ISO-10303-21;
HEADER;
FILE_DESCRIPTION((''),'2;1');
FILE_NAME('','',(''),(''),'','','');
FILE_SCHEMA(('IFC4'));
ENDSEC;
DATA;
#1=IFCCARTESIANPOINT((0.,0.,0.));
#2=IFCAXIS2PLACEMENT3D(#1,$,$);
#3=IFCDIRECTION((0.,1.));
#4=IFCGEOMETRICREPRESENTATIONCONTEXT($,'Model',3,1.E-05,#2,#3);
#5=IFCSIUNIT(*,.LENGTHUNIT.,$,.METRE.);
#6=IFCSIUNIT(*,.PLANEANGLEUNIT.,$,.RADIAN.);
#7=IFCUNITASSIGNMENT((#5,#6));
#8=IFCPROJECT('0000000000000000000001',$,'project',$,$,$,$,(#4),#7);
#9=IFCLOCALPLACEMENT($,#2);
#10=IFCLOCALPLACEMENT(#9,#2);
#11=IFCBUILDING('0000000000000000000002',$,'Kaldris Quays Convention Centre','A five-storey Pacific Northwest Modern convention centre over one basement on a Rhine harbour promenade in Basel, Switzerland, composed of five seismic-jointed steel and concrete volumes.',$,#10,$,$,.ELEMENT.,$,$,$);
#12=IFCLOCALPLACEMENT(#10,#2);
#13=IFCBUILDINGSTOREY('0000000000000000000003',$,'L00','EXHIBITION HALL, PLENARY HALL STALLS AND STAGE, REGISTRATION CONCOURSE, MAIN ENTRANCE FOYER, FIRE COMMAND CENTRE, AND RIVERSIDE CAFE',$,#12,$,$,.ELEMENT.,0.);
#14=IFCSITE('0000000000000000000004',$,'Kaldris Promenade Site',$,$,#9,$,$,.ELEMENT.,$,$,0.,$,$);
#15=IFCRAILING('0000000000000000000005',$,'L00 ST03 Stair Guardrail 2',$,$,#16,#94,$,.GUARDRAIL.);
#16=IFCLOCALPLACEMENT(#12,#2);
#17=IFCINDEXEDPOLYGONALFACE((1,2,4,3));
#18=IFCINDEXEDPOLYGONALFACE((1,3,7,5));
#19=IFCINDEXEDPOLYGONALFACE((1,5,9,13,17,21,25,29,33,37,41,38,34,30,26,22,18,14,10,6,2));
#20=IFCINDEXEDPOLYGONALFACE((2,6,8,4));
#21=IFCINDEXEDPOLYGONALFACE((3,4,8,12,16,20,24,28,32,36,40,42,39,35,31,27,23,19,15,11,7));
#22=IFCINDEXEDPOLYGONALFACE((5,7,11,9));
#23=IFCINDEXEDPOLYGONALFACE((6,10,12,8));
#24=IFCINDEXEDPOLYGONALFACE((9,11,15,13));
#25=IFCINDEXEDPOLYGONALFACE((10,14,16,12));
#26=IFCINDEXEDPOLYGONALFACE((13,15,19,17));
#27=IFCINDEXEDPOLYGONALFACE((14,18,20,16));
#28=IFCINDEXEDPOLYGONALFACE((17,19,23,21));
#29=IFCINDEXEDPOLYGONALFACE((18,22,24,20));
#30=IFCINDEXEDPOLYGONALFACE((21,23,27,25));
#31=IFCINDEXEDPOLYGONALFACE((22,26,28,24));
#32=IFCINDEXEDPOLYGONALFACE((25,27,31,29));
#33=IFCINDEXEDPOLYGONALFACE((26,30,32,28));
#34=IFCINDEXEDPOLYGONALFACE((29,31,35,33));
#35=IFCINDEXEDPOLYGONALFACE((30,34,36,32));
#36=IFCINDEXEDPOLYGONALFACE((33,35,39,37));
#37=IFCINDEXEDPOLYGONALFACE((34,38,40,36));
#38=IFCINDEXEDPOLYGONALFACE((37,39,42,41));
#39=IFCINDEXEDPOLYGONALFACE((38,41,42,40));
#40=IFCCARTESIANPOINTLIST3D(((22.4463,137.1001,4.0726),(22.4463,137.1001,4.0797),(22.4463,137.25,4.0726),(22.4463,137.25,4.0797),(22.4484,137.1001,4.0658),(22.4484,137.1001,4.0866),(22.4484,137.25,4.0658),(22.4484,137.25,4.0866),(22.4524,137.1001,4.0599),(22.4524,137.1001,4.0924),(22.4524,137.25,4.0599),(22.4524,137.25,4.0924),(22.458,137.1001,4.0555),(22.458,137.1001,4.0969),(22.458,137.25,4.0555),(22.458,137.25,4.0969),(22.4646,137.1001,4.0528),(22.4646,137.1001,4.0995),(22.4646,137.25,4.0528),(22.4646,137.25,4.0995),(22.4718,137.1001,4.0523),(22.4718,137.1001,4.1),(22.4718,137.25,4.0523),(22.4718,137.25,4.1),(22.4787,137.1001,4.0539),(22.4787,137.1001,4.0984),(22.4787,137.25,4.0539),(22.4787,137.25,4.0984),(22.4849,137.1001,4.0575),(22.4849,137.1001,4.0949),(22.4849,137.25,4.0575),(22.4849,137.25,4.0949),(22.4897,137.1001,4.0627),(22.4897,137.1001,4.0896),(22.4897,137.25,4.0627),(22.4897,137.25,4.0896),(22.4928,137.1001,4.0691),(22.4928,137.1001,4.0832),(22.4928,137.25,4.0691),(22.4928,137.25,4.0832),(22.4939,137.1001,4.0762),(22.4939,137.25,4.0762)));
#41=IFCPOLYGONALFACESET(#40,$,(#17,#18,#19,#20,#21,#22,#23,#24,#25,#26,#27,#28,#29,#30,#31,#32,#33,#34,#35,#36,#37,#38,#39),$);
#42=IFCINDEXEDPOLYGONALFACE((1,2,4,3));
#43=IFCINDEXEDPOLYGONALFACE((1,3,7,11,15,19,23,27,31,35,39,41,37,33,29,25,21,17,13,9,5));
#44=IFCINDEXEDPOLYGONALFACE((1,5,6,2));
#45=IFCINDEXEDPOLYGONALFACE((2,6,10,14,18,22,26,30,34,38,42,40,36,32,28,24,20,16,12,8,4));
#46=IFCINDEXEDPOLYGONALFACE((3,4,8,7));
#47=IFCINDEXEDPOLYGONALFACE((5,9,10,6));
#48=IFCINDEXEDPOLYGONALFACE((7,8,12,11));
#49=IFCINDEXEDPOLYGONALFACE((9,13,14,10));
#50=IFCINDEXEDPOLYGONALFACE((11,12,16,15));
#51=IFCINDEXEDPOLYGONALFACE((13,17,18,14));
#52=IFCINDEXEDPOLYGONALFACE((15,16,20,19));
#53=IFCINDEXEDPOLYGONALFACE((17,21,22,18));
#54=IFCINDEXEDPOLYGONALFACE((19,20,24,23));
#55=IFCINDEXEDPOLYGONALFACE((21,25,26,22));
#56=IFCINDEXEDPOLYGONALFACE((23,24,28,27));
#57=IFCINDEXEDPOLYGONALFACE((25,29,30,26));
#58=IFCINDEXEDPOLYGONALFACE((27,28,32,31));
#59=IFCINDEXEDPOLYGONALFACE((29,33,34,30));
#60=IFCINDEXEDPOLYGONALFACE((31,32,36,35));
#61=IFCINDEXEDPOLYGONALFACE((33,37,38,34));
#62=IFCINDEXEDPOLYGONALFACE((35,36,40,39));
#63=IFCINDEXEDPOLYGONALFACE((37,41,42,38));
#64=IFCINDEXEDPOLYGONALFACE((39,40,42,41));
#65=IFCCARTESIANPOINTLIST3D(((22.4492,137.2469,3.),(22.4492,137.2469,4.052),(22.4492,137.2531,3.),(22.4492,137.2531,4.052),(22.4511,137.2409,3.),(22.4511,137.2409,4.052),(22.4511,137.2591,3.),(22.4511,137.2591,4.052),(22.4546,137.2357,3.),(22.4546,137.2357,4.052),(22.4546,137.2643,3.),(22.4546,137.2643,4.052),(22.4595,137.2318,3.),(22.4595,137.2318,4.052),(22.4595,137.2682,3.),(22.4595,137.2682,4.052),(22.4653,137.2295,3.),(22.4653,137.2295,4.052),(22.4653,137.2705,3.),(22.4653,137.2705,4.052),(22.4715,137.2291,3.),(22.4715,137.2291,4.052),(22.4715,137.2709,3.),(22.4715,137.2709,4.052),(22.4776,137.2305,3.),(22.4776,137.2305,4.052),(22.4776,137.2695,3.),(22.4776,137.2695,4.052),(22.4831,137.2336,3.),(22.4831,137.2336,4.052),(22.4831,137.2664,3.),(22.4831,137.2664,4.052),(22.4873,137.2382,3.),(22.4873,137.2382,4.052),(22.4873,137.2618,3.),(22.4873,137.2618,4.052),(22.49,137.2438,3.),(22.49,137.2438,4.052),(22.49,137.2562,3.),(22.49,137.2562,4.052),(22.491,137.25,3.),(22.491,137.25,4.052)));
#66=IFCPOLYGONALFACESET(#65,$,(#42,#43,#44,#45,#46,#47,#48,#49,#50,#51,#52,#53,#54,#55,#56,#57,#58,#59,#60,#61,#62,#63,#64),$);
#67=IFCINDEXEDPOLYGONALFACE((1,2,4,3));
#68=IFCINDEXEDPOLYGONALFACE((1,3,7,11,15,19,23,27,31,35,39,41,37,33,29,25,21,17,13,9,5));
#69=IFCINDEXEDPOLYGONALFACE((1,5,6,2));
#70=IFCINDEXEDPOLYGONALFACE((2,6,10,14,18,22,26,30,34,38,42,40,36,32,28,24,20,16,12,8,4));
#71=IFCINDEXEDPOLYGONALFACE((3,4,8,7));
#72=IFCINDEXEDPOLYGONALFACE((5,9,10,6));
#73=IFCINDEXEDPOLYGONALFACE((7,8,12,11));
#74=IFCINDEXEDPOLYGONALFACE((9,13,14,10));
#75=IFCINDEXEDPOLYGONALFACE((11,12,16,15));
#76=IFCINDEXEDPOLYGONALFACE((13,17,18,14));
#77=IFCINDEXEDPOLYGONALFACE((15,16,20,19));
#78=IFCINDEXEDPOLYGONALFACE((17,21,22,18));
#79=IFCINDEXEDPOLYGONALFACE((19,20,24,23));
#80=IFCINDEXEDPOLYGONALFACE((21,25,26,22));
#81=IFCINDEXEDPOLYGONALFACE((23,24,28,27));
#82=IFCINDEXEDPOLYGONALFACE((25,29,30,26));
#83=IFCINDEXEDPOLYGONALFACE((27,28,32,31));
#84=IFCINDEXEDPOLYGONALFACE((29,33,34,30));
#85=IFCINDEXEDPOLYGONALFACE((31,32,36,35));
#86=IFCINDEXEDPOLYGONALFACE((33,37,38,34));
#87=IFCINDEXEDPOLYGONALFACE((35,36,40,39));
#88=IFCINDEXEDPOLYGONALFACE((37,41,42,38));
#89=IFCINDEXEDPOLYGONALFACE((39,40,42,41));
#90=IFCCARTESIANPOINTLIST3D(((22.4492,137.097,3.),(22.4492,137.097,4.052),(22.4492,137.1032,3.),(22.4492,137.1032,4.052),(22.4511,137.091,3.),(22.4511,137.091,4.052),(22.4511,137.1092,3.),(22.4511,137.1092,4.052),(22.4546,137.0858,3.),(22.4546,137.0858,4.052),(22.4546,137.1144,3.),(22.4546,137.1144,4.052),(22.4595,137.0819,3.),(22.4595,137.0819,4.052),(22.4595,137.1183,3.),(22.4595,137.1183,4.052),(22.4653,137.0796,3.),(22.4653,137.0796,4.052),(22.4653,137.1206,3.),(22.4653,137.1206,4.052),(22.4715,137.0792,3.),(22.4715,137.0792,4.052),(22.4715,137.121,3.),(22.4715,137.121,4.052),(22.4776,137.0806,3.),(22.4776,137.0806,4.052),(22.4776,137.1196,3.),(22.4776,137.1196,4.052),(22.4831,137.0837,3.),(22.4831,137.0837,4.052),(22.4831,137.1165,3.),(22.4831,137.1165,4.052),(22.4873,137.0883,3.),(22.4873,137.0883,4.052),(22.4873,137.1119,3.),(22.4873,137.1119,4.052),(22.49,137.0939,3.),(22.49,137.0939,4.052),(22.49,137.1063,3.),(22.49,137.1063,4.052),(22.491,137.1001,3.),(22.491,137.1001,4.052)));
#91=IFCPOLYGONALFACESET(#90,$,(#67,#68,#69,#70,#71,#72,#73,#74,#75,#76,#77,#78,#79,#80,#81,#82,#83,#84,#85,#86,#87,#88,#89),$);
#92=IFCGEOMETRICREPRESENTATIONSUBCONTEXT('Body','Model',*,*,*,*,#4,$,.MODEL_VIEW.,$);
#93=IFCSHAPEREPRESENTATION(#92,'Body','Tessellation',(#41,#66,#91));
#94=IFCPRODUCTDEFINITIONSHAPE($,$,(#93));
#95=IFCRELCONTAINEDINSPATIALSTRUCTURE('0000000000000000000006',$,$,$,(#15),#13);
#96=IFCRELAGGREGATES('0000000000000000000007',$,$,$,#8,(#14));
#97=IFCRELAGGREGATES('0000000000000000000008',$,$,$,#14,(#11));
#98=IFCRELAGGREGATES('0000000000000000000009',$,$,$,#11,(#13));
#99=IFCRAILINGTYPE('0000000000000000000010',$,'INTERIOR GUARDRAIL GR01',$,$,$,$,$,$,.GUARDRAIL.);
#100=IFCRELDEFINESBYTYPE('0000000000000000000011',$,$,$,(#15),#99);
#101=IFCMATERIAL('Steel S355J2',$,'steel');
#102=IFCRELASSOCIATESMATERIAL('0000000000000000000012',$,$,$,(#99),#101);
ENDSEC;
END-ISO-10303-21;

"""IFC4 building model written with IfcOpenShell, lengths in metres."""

from ifc_helpers import new_model, si_unit, direction, frame, origin, origin_2d, place, context, subcontext, project, spatial, circle, extrude, material, type_object, element, save


model = new_model("IFC4")

# Units and contexts
model_context = context("Model", 3, precision=1e-05, world=origin(), true_north=direction((0.0, 1.0)))
body_context = subcontext(model_context, "Body", "Model", "MODEL_VIEW")
ifc_project = project(units=[si_unit("LENGTHUNIT", "METRE"), si_unit("PLANEANGLEUNIT", "RADIAN")], contexts=[model_context])

# Site, building, storey
site_placement = place(None, origin())
site = spatial("IfcSite", under=ifc_project, at=site_placement, Name="Kaldris Promenade Site", CompositionType="ELEMENT", RefElevation=0.0)
building_placement = place(site_placement, origin())
building = spatial("IfcBuilding", under=site, at=building_placement, Name="Kaldris Quays Convention Centre", Description="A five-storey Pacific Northwest Modern convention centre over one basement on a Rhine harbour promenade in Basel, Switzerland, composed of five seismic-jointed steel and concrete volumes.", CompositionType="ELEMENT")
storey_placement = place(building_placement, origin())
storey = spatial("IfcBuildingStorey", under=building, at=storey_placement, Name="L00", Description="EXHIBITION HALL, PLENARY HALL STALLS AND STAGE, REGISTRATION CONCOURSE, MAIN ENTRANCE FOYER, FIRE COMMAND CENTRE, AND RIVERSIDE CAFE", CompositionType="ELEMENT", Elevation=0.0)

# Shared definitions
ifc_material_1 = material(Name="Steel S355J2", Category="steel")

# Railing
railing_type_1 = type_object("IfcRailingType", Name="INTERIOR GUARDRAIL GR01", PredefinedType="GUARDRAIL", material=ifc_material_1)
railing_1_placement = place(storey_placement, frame((22.47, 137.25, 3.0)))
element("IfcRailing", 1, at=railing_1_placement, inside=storey, type_object=railing_type_1, Name="L00 ST03 Stair Guardrail 2", PredefinedType="GUARDRAIL", context=body_context, shape_type="SweptSolid", body=[
    extrude(circle(Radius=0.0239, at=origin_2d()), frame((0.0, 0.0, 1.0762), z_axis=(0.0, -1.0, 0.0), x_axis=(1.0, 0.0, 0.0)), (0.0, 0.0, 1.0), 0.1499),
    extrude(circle(Radius=0.021, at=origin_2d()), origin(), (0.0, 0.0, 1.0), 1.052),
    extrude(circle(Radius=0.021, at=origin_2d()), frame((0.0, -0.1499, 0.0)), (0.0, 0.0, 1.0), 1.052),
])

save(model, "model.ifc")
